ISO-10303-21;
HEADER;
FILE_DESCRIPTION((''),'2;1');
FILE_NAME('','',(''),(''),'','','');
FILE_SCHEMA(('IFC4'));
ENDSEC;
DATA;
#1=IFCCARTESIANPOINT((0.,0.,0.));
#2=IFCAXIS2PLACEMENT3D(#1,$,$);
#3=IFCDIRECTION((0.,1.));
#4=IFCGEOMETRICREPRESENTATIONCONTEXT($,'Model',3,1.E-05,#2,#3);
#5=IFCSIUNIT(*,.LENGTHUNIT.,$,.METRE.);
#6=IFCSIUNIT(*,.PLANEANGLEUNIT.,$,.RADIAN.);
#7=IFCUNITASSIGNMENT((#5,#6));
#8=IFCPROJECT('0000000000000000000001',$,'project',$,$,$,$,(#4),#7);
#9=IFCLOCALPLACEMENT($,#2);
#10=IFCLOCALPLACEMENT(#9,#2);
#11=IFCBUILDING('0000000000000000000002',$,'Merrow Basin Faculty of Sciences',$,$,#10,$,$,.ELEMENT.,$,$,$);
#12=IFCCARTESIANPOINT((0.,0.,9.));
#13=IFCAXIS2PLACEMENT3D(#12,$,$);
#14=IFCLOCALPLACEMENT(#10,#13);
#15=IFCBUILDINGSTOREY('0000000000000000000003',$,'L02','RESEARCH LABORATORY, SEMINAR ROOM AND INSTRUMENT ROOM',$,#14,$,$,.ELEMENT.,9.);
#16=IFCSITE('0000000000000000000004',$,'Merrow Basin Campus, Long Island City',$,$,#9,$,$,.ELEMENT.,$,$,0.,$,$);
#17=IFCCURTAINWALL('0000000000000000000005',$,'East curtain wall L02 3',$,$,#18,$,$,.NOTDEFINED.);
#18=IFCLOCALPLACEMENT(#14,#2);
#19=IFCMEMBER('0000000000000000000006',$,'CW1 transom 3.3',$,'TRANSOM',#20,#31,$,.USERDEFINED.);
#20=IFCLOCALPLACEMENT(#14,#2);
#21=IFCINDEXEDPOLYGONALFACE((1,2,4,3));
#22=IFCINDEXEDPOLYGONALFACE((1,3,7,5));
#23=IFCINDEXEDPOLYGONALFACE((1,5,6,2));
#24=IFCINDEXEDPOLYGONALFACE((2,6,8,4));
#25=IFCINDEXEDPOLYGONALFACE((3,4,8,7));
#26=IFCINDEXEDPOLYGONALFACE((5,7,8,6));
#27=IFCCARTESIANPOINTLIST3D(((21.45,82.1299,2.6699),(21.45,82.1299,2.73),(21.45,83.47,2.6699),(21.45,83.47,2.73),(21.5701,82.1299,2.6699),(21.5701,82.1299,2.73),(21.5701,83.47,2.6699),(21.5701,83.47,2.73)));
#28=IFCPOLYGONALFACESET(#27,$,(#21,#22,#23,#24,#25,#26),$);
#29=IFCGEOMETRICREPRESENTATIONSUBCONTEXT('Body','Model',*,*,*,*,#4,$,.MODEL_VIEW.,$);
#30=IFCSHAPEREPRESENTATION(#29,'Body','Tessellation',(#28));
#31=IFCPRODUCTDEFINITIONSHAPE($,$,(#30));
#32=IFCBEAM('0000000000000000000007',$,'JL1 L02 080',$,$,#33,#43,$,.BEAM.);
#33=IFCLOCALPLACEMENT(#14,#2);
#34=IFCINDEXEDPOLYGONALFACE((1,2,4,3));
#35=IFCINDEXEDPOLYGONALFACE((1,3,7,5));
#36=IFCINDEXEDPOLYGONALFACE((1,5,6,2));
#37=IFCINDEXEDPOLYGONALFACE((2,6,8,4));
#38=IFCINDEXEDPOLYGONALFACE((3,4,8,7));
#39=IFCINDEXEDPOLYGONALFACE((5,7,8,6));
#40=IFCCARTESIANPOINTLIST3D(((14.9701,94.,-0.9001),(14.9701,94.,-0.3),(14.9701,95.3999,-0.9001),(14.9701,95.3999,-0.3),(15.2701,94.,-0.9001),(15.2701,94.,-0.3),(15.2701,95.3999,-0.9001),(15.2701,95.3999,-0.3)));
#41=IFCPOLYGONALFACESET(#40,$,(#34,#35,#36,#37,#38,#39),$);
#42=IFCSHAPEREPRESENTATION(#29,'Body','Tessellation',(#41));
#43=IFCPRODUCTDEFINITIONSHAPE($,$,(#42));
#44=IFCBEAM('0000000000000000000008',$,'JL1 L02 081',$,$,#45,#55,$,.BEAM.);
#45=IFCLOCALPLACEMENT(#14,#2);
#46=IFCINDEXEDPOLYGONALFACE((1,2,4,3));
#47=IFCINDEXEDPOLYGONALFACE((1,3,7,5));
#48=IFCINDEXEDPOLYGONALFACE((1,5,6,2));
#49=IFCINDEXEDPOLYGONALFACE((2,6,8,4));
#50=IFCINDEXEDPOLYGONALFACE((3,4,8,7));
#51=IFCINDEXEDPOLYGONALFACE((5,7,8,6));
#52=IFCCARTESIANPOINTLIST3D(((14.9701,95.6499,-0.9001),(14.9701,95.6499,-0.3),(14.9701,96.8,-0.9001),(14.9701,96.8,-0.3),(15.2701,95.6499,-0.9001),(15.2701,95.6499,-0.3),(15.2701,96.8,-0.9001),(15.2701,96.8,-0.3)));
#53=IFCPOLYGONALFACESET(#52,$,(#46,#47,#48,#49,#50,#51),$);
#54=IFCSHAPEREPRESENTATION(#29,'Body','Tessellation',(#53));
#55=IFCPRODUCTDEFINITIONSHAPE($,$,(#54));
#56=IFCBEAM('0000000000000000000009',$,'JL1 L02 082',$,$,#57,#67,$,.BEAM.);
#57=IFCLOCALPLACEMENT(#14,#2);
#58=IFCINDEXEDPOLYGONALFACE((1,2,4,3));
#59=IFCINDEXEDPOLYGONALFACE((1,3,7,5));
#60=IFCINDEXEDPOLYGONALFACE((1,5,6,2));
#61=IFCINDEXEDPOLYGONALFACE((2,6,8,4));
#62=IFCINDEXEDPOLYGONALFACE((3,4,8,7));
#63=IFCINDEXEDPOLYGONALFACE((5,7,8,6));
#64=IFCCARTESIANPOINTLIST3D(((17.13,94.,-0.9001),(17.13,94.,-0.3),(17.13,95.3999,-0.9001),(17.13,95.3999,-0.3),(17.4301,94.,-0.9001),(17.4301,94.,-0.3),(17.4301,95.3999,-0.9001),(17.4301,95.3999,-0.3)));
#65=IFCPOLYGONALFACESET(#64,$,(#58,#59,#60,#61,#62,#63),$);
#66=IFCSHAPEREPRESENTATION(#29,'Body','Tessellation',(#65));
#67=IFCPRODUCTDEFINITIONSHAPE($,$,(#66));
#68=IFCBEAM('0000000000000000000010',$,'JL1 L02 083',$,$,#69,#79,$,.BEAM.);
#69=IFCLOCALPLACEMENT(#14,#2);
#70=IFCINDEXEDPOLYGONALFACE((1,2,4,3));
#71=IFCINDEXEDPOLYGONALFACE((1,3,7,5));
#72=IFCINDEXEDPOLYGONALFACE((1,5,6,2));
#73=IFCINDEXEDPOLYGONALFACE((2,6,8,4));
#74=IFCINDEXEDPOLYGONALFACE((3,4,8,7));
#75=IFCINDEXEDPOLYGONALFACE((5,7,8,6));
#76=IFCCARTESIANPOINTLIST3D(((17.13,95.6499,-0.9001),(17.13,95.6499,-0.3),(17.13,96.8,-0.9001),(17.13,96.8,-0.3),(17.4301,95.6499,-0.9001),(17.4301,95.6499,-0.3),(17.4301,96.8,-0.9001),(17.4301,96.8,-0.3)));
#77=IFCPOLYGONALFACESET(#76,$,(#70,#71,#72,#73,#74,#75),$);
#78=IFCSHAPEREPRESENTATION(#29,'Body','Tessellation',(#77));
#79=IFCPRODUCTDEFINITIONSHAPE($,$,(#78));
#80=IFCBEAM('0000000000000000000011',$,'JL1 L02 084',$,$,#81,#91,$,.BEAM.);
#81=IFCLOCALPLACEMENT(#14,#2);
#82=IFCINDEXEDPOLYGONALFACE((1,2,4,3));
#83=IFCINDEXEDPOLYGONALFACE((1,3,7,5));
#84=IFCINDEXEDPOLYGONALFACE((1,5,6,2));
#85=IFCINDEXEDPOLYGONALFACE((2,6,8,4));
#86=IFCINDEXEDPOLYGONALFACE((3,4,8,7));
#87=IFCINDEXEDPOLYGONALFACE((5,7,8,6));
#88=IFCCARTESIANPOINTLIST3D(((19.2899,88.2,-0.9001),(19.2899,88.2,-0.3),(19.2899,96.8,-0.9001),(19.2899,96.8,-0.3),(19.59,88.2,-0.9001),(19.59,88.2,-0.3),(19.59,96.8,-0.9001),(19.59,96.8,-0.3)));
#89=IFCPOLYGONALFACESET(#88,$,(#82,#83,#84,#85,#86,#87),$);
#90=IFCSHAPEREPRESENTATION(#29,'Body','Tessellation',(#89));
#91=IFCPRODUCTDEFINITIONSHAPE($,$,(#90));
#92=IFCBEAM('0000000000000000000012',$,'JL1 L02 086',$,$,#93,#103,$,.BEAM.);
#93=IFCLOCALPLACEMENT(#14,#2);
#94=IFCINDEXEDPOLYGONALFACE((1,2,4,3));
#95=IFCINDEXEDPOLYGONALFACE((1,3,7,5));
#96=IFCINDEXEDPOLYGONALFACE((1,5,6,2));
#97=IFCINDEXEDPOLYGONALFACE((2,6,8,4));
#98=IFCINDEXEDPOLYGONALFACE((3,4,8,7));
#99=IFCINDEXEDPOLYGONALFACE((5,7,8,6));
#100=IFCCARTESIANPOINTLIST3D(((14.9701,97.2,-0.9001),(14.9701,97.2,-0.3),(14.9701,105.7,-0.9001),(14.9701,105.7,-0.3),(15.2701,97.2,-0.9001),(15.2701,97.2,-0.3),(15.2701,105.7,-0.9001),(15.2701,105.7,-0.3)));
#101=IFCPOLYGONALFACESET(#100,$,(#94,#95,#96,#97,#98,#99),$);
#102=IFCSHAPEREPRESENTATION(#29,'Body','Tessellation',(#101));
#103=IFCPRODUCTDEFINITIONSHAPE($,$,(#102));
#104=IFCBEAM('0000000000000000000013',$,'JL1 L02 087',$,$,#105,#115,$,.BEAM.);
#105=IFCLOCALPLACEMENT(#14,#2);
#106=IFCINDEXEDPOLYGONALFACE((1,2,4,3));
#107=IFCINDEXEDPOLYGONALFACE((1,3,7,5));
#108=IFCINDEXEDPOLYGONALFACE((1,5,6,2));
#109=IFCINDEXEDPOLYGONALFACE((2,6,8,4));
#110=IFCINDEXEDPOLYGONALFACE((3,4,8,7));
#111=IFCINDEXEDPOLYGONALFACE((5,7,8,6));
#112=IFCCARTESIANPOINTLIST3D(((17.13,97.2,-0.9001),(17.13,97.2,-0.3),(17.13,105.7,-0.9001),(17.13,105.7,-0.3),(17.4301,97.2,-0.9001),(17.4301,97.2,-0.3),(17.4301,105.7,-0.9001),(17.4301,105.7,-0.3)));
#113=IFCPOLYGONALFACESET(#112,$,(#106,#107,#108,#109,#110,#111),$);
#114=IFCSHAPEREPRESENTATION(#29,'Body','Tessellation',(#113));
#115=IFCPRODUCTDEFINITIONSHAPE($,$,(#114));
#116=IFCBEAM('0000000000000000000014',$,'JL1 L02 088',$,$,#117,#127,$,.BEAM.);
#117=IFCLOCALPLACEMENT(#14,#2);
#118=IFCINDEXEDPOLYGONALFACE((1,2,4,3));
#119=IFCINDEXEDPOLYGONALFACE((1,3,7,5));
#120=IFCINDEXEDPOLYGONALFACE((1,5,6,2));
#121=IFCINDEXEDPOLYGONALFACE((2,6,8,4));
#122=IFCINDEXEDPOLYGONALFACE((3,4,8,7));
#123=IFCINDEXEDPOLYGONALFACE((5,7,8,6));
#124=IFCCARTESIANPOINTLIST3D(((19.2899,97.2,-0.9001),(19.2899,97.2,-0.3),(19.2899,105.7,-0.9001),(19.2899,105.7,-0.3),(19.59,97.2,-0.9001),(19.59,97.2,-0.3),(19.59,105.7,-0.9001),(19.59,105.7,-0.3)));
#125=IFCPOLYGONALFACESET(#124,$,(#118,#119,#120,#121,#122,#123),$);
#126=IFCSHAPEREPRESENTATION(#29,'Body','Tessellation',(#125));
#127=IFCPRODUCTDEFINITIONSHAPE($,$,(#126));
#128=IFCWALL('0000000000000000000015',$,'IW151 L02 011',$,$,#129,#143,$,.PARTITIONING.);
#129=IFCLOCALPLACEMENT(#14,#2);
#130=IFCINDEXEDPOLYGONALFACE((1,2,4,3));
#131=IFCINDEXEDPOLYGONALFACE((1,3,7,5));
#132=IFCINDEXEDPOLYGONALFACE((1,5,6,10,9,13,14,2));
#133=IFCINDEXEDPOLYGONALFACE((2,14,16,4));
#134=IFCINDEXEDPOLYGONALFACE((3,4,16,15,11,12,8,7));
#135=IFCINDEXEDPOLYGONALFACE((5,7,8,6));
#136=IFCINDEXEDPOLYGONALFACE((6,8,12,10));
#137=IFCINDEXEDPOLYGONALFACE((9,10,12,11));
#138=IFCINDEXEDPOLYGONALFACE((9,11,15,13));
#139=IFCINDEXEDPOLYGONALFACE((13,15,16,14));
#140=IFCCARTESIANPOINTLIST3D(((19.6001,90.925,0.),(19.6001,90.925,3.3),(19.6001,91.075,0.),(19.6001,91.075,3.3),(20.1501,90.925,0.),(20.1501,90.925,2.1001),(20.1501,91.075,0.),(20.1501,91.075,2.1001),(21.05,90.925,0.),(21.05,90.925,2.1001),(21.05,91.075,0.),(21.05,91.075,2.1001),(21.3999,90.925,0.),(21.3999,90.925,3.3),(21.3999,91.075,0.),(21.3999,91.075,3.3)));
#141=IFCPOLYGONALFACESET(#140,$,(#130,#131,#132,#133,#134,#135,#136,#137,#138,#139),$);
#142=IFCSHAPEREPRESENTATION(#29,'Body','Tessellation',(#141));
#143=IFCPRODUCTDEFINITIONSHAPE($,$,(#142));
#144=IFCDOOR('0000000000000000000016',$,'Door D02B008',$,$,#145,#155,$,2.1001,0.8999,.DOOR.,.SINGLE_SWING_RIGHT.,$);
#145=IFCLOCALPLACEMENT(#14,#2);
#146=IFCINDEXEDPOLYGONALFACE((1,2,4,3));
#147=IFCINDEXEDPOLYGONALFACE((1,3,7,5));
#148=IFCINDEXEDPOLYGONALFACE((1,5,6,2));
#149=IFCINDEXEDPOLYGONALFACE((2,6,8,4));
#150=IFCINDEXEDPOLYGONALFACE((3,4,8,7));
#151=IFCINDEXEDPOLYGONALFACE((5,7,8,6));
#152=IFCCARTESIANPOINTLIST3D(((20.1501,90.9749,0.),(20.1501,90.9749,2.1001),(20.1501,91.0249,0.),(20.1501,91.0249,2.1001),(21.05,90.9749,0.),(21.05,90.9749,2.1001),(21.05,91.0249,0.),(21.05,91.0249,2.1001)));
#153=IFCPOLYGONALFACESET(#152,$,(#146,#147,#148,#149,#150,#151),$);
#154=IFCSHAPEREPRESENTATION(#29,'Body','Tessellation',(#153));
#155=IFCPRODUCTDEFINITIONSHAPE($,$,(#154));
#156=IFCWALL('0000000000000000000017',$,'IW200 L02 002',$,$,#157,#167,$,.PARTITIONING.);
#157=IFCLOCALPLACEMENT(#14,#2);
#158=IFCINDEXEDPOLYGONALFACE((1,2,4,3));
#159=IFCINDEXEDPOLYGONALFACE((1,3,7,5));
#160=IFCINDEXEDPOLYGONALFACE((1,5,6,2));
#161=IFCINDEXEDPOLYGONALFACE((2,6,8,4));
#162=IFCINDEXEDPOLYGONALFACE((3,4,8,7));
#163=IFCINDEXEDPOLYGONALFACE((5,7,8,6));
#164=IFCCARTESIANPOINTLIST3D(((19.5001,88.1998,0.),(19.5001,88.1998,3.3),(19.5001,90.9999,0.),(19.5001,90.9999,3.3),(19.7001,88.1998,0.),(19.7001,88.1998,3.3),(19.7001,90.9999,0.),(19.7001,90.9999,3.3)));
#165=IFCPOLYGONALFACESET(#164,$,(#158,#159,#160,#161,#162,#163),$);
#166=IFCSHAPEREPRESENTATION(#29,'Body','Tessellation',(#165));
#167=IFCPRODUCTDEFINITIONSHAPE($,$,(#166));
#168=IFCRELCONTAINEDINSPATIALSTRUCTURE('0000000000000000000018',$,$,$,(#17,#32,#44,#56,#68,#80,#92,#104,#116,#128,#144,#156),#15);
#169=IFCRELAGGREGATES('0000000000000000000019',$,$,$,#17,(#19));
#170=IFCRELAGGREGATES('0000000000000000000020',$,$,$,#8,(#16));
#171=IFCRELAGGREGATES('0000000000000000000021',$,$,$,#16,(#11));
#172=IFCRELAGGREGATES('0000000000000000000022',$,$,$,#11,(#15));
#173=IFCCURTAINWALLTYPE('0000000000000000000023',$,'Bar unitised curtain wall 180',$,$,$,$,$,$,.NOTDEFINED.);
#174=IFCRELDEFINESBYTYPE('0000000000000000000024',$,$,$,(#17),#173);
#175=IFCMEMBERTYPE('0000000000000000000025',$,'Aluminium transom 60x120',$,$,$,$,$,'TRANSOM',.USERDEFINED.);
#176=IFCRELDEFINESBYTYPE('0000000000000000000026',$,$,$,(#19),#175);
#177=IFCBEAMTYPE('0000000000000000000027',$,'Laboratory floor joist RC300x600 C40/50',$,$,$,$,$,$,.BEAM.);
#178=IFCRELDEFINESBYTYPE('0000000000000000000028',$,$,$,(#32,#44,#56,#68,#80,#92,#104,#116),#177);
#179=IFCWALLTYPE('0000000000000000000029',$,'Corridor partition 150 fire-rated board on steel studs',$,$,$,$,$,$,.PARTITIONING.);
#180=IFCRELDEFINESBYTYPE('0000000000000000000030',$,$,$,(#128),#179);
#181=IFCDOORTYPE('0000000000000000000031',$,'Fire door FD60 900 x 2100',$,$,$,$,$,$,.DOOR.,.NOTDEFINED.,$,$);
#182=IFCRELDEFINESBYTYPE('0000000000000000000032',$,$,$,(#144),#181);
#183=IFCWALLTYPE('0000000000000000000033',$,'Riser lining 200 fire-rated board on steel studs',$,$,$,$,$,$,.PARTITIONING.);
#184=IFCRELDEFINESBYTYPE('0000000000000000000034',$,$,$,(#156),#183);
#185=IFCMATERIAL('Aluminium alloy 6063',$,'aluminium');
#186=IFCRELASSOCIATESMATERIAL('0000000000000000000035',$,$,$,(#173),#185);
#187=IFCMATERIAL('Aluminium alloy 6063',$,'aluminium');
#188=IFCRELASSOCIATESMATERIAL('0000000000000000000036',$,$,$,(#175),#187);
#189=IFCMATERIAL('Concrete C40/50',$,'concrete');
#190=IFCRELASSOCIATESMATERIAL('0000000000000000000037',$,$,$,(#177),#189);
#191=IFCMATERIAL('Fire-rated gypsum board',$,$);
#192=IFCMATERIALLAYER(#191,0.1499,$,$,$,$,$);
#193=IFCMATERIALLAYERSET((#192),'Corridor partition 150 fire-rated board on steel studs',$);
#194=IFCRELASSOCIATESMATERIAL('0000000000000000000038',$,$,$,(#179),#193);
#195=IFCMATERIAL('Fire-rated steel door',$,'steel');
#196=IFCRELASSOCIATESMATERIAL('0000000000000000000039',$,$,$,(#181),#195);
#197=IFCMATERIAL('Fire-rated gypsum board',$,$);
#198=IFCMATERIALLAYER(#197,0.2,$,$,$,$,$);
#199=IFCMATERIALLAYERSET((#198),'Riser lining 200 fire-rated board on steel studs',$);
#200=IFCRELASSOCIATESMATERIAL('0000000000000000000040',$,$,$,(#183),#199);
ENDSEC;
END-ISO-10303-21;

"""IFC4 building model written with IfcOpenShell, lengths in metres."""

from ifc_helpers import new_model, si_unit, direction, frame, frame_2d, origin, origin_2d, place, context, subcontext, project, spatial, rectangle, extrude, material, layer, layer_set, material_profile, profile_set, type_object, element, fill, aggregate, save


model = new_model("IFC4")

# Units and contexts
model_context = context("Model", 3, precision=1e-05, world=origin(), true_north=direction((0.0, 1.0)))
body_context = subcontext(model_context, "Body", "Model", "MODEL_VIEW")
ifc_project = project(units=[si_unit("LENGTHUNIT", "METRE"), si_unit("PLANEANGLEUNIT", "RADIAN")], contexts=[model_context])

# Site, building, storey
site_placement = place(None, origin())
site = spatial("IfcSite", under=ifc_project, at=site_placement, Name="Merrow Basin Campus, Long Island City", CompositionType="ELEMENT", RefElevation=0.0)
building_placement = place(site_placement, origin())
building = spatial("IfcBuilding", under=site, at=building_placement, Name="Merrow Basin Faculty of Sciences", CompositionType="ELEMENT")
storey_placement = place(building_placement, frame((0.0, 0.0, 9.0)))
storey = spatial("IfcBuildingStorey", under=building, at=storey_placement, Name="L02", Description="RESEARCH LABORATORY, SEMINAR ROOM AND INSTRUMENT ROOM", CompositionType="ELEMENT", Elevation=9.0)

# Curtain wall, member
ifc_material_1 = material(Name="Aluminium alloy 6063", Category="aluminium")
curtain_wall_type = type_object("IfcCurtainWallType", Name="Bar unitised curtain wall 180", PredefinedType="NOTDEFINED", material=ifc_material_1)
curtain_wall_placement = place(storey_placement, origin())
curtain_wall = element("IfcCurtainWall", 1, at=curtain_wall_placement, inside=storey, type_object=curtain_wall_type, Name="East curtain wall L02 3", PredefinedType="NOTDEFINED")
ifc_material_2 = material(Name="Aluminium alloy 6063", Category="aluminium")
ifc_material_profile_1 = material_profile(ifc_material_2, rectangle(XDim=0.1201, YDim=0.0601, at=origin_2d()))
ifc_profile_set_1 = profile_set([ifc_material_profile_1], Name="Aluminium alloy 6063")
member_type = type_object("IfcMemberType", Name="Aluminium transom 60x120", ElementType="TRANSOM", PredefinedType="USERDEFINED", material=ifc_profile_set_1)
member_placement = place(storey_placement, frame((21.51, 82.1299, 2.7), z_axis=(0.0, 1.0, 0.0), x_axis=(-1.0, 0.0, 0.0)))
member = element("IfcMember", 2, at=member_placement, type_object=member_type, Name="CW1 transom 3.3", ObjectType="TRANSOM", PredefinedType="USERDEFINED", context=body_context, shape_type="SweptSolid", body=[
    extrude(rectangle(XDim=0.1201, YDim=0.0601, at=origin_2d()), origin(), (0.0, 0.0, 1.0), 1.3401),
])
aggregate(curtain_wall, [member])

# Beams
ifc_material_3 = material(Name="Concrete C40/50", Category="concrete")
ifc_material_profile_2 = material_profile(ifc_material_3, rectangle(XDim=0.3, YDim=0.6001, at=origin_2d()))
ifc_profile_set_2 = profile_set([ifc_material_profile_2], Name="Concrete C40/50")
beam_type = type_object("IfcBeamType", Name="Laboratory floor joist RC300x600 C40/50", PredefinedType="BEAM", material=ifc_profile_set_2)
beam_1_placement = place(storey_placement, frame((15.1201, 94.0, -0.6001), z_axis=(0.0, 1.0, 0.0), x_axis=(-1.0, 0.0, 0.0)))
element("IfcBeam", 3, at=beam_1_placement, inside=storey, type_object=beam_type, Name="JL1 L02 080", PredefinedType="BEAM", context=body_context, shape_type="SweptSolid", body=[
    extrude(rectangle(XDim=0.3, YDim=0.6001, at=origin_2d()), origin(), (0.0, 0.0, 1.0), 1.3999),
])
beam_2_placement = place(storey_placement, frame((15.1201, 95.6499, -0.6001), z_axis=(0.0, 1.0, 0.0), x_axis=(-1.0, 0.0, 0.0)))
element("IfcBeam", 4, at=beam_2_placement, inside=storey, type_object=beam_type, Name="JL1 L02 081", PredefinedType="BEAM", context=body_context, shape_type="SweptSolid", body=[
    extrude(rectangle(XDim=0.3, YDim=0.6001, at=origin_2d()), origin(), (0.0, 0.0, 1.0), 1.1501),
])
beam_3_placement = place(storey_placement, frame((17.28, 94.0, -0.6001), z_axis=(0.0, 1.0, 0.0), x_axis=(-1.0, 0.0, 0.0)))
element("IfcBeam", 5, at=beam_3_placement, inside=storey, type_object=beam_type, Name="JL1 L02 082", PredefinedType="BEAM", context=body_context, shape_type="SweptSolid", body=[
    extrude(rectangle(XDim=0.3, YDim=0.6001, at=origin_2d()), origin(), (0.0, 0.0, 1.0), 1.3999),
])
beam_4_placement = place(storey_placement, frame((17.28, 95.6499, -0.6001), z_axis=(0.0, 1.0, 0.0), x_axis=(-1.0, 0.0, 0.0)))
element("IfcBeam", 6, at=beam_4_placement, inside=storey, type_object=beam_type, Name="JL1 L02 083", PredefinedType="BEAM", context=body_context, shape_type="SweptSolid", body=[
    extrude(rectangle(XDim=0.3, YDim=0.6001, at=origin_2d()), origin(), (0.0, 0.0, 1.0), 1.1501),
])
beam_5_placement = place(storey_placement, frame((19.4399, 88.2, -0.6001), z_axis=(0.0, 1.0, 0.0), x_axis=(-1.0, 0.0, 0.0)))
element("IfcBeam", 7, at=beam_5_placement, inside=storey, type_object=beam_type, Name="JL1 L02 084", PredefinedType="BEAM", context=body_context, shape_type="SweptSolid", body=[
    extrude(rectangle(XDim=0.3, YDim=0.6001, at=origin_2d()), origin(), (0.0, 0.0, 1.0), 8.6001),
])
for number, where, z_axis, x_axis, name in (
    (8, (15.1201, 97.2, -0.6001), (0.0, 1.0, 0.0), (-1.0, 0.0, 0.0), "JL1 L02 086"),
    (9, (17.28, 97.2, -0.6001), (0.0, 1.0, 0.0), (-1.0, 0.0, 0.0), "JL1 L02 087"),
    (10, (19.4399, 97.2, -0.6001), (0.0, 1.0, 0.0), (-1.0, 0.0, 0.0), "JL1 L02 088"),
):
    element("IfcBeam", number, at=place(storey_placement, frame(where, z_axis=z_axis, x_axis=x_axis)), inside=storey, type_object=beam_type, Name=name, PredefinedType="BEAM", context=body_context, shape_type="SweptSolid", body=[
        extrude(rectangle(XDim=0.3, YDim=0.6001, at=origin_2d()), origin(), (0.0, 0.0, 1.0), 8.5),
    ])

# Wall, opening, door
ifc_material_4 = material(Name="Fire-rated gypsum board")
ifc_layer_1 = layer(ifc_material_4, 0.1499)
ifc_layer_set_1 = layer_set([ifc_layer_1], Name="Corridor partition 150 fire-rated board on steel studs")
wall_type_1 = type_object("IfcWallType", Name="Corridor partition 150 fire-rated board on steel studs", PredefinedType="PARTITIONING", material=ifc_layer_set_1)
wall_1_placement = place(storey_placement, frame((19.6001, 91.0, 0.0), z_axis=(0.0, 0.0, 1.0), x_axis=(1.0, 0.0, 0.0)))
wall_1 = element("IfcWall", 11, at=wall_1_placement, inside=storey, type_object=wall_type_1, Name="IW151 L02 011", PredefinedType="PARTITIONING", context=body_context, shape_type="SweptSolid", body=[
    extrude(rectangle(XDim=1.7998, YDim=0.1499, at=frame_2d((0.8999, 0.0))), origin(), (0.0, 0.0, 1.0), 3.3),
])
opening_1_placement = place(wall_1_placement, frame((0.55, 0.0, 0.0)))
opening_1 = element("IfcOpeningElement", 12, at=opening_1_placement, cuts=wall_1, PredefinedType="OPENING", context=body_context, shape_type="SweptSolid", body=[
    extrude(rectangle(XDim=0.8999, YDim=2.1001, at=frame_2d((0.45, 1.05))), frame((0.0, 0.085, 0.0), z_axis=(0.0, -1.0, 0.0), x_axis=(1.0, 0.0, 0.0)), (0.0, 0.0, 1.0), 0.1699),
])
ifc_material_5 = material(Name="Fire-rated steel door", Category="steel")
door_type_1 = type_object("IfcDoorType", Name="Fire door FD60 900 x 2100", OperationType="NOTDEFINED", PredefinedType="DOOR", material=ifc_material_5)
door_1_placement = place(opening_1_placement, origin())
door_1 = element("IfcDoor", 13, at=door_1_placement, inside=storey, type_object=door_type_1, Name="Door D02B008", OperationType="SINGLE_SWING_RIGHT", OverallHeight=2.1001, OverallWidth=0.8999, PredefinedType="DOOR", context=body_context, shape_type="SweptSolid", body=[
    extrude(rectangle(XDim=0.8999, YDim=2.1001, at=frame_2d((0.45, 1.05))), frame((0.0, 0.0249, 0.0), z_axis=(0.0, -1.0, 0.0), x_axis=(1.0, 0.0, 0.0)), (0.0, 0.0, 1.0), 0.05),
])
fill(opening_1, door_1)

# Wall
ifc_material_6 = material(Name="Fire-rated gypsum board")
ifc_layer_2 = layer(ifc_material_6, 0.2)
ifc_layer_set_2 = layer_set([ifc_layer_2], Name="Riser lining 200 fire-rated board on steel studs")
wall_type_2 = type_object("IfcWallType", Name="Riser lining 200 fire-rated board on steel studs", PredefinedType="PARTITIONING", material=ifc_layer_set_2)
wall_2_placement = place(storey_placement, frame((19.6001, 88.2, 0.0), z_axis=(0.0, 0.0, 1.0), x_axis=(0.0, 1.0, 0.0)))
element("IfcWall", 14, at=wall_2_placement, inside=storey, type_object=wall_type_2, Name="IW200 L02 002", PredefinedType="PARTITIONING", context=body_context, shape_type="SweptSolid", body=[
    extrude(rectangle(XDim=2.8, YDim=0.2, at=frame_2d((1.3999, 0.0))), origin(), (0.0, 0.0, 1.0), 3.3),
])

save(model, "model.ifc")
